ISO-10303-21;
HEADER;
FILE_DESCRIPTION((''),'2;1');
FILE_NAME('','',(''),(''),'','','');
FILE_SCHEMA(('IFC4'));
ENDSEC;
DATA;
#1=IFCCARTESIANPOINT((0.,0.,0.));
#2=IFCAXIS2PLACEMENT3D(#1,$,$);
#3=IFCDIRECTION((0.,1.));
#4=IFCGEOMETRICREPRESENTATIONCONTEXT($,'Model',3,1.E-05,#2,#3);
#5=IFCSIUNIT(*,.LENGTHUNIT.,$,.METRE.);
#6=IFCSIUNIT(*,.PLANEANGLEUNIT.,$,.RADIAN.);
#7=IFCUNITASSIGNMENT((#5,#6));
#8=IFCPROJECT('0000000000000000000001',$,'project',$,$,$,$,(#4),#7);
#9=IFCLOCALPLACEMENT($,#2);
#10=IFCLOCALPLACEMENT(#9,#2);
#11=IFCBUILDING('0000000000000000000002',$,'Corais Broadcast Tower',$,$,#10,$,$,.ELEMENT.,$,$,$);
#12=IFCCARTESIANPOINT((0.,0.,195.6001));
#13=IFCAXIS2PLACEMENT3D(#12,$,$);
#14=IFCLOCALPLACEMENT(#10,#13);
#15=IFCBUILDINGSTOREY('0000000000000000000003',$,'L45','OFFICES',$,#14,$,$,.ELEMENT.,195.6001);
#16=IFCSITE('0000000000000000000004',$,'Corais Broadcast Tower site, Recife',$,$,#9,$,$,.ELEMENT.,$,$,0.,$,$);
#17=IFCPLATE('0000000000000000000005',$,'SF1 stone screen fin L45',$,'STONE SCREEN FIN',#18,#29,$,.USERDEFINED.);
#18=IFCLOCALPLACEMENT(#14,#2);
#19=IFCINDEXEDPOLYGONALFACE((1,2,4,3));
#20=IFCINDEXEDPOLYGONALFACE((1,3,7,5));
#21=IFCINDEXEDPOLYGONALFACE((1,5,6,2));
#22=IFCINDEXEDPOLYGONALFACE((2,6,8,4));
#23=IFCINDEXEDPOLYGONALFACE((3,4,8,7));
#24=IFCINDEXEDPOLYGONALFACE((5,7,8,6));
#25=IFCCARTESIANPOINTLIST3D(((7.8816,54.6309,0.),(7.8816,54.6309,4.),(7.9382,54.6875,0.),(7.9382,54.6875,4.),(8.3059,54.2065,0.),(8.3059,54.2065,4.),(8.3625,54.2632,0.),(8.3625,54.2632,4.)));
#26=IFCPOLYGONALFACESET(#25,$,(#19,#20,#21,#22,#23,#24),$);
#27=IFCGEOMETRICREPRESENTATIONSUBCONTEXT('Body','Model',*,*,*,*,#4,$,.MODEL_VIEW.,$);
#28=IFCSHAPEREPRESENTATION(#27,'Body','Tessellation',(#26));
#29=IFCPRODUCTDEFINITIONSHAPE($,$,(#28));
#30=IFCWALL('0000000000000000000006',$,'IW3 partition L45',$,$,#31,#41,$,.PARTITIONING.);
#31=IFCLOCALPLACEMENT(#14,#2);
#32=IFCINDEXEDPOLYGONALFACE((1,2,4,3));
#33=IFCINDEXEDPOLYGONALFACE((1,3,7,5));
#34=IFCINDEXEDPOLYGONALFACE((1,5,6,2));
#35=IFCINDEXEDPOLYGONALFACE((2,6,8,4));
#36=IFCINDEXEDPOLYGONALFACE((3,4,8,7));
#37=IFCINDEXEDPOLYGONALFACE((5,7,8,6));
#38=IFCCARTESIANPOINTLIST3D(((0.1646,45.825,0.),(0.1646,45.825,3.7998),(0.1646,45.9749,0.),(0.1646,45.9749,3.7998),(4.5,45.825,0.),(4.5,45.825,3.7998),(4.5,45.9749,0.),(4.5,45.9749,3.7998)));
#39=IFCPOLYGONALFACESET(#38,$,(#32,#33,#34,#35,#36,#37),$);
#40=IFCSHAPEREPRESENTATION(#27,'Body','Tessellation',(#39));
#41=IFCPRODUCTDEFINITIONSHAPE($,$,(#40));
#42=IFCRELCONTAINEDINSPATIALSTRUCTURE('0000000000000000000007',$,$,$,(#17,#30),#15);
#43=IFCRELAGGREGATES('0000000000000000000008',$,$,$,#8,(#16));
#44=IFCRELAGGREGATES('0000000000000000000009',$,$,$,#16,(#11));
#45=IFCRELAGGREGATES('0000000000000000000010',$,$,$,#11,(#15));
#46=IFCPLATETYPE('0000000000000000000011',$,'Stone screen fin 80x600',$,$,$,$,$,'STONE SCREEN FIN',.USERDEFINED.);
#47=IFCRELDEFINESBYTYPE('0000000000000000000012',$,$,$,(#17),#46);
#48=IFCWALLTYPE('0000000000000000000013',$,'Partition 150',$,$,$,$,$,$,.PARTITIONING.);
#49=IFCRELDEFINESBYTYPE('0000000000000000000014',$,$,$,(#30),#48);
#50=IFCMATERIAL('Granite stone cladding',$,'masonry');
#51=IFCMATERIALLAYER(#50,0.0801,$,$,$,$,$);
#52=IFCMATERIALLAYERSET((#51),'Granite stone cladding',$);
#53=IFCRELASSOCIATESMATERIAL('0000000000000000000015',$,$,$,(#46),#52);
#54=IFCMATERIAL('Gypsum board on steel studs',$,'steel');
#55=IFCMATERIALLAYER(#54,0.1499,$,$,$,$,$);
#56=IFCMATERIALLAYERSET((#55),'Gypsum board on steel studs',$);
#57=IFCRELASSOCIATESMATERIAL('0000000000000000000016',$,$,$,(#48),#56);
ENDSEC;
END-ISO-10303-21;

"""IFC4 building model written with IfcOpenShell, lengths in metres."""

from ifc_helpers import new_model, si_unit, direction, frame, frame_2d, origin, origin_2d, place, context, subcontext, project, spatial, rectangle, extrude, material, layer, layer_set, type_object, element, save


model = new_model("IFC4")

# Units and contexts
model_context = context("Model", 3, precision=1e-05, world=origin(), true_north=direction((0.0, 1.0)))
body_context = subcontext(model_context, "Body", "Model", "MODEL_VIEW")
ifc_project = project(units=[si_unit("LENGTHUNIT", "METRE"), si_unit("PLANEANGLEUNIT", "RADIAN")], contexts=[model_context])

# Site, building, storey
site_placement = place(None, origin())
site = spatial("IfcSite", under=ifc_project, at=site_placement, Name="Corais Broadcast Tower site, Recife", CompositionType="ELEMENT", RefElevation=0.0)
building_placement = place(site_placement, origin())
building = spatial("IfcBuilding", under=site, at=building_placement, Name="Corais Broadcast Tower", CompositionType="ELEMENT")
storey_placement = place(building_placement, frame((0.0, 0.0, 195.6001)))
storey = spatial("IfcBuildingStorey", under=building, at=storey_placement, Name="L45", Description="OFFICES", CompositionType="ELEMENT", Elevation=195.6001)

# Plate
ifc_material_1 = material(Name="Granite stone cladding", Category="masonry")
ifc_layer_1 = layer(ifc_material_1, 0.0801)
ifc_layer_set_1 = layer_set([ifc_layer_1], Name="Granite stone cladding")
plate_type_1 = type_object("IfcPlateType", Name="Stone screen fin 80x600", ElementType="STONE SCREEN FIN", PredefinedType="USERDEFINED", material=ifc_layer_set_1)
for number, where, z_axis, x_axis, name in (
    (1, (8.1221, 54.447, 0.0), (0.0, 0.0, 1.0), (0.707107, 0.707107, 0.0), "SF1 stone screen fin L45"),
):
    element("IfcPlate", number, at=place(storey_placement, frame(where, z_axis=z_axis, x_axis=x_axis)), inside=storey, type_object=plate_type_1, Name=name, ObjectType="STONE SCREEN FIN", PredefinedType="USERDEFINED", context=body_context, shape_type="SweptSolid", body=[
        extrude(rectangle(XDim=0.0801, YDim=0.6001, at=origin_2d()), origin(), (0.0, 0.0, 1.0), 4.0),
    ])

# Wall
ifc_material_2 = material(Name="Gypsum board on steel studs", Category="steel")
ifc_layer_2 = layer(ifc_material_2, 0.1499)
ifc_layer_set_2 = layer_set([ifc_layer_2], Name="Gypsum board on steel studs")
wall_type = type_object("IfcWallType", Name="Partition 150", PredefinedType="PARTITIONING", material=ifc_layer_set_2)
wall_placement = place(storey_placement, frame((4.5, 45.8999, 0.0), z_axis=(0.0, 0.0, 1.0), x_axis=(-1.0, 0.0, 0.0)))
element("IfcWall", 2, at=wall_placement, inside=storey, type_object=wall_type, Name="IW3 partition L45", PredefinedType="PARTITIONING", context=body_context, shape_type="SweptSolid", body=[
    extrude(rectangle(XDim=4.3354, YDim=0.1499, at=frame_2d((2.1677, 0.0))), origin(), (0.0, 0.0, 1.0), 3.7998),
])

save(model, "model.ifc")
